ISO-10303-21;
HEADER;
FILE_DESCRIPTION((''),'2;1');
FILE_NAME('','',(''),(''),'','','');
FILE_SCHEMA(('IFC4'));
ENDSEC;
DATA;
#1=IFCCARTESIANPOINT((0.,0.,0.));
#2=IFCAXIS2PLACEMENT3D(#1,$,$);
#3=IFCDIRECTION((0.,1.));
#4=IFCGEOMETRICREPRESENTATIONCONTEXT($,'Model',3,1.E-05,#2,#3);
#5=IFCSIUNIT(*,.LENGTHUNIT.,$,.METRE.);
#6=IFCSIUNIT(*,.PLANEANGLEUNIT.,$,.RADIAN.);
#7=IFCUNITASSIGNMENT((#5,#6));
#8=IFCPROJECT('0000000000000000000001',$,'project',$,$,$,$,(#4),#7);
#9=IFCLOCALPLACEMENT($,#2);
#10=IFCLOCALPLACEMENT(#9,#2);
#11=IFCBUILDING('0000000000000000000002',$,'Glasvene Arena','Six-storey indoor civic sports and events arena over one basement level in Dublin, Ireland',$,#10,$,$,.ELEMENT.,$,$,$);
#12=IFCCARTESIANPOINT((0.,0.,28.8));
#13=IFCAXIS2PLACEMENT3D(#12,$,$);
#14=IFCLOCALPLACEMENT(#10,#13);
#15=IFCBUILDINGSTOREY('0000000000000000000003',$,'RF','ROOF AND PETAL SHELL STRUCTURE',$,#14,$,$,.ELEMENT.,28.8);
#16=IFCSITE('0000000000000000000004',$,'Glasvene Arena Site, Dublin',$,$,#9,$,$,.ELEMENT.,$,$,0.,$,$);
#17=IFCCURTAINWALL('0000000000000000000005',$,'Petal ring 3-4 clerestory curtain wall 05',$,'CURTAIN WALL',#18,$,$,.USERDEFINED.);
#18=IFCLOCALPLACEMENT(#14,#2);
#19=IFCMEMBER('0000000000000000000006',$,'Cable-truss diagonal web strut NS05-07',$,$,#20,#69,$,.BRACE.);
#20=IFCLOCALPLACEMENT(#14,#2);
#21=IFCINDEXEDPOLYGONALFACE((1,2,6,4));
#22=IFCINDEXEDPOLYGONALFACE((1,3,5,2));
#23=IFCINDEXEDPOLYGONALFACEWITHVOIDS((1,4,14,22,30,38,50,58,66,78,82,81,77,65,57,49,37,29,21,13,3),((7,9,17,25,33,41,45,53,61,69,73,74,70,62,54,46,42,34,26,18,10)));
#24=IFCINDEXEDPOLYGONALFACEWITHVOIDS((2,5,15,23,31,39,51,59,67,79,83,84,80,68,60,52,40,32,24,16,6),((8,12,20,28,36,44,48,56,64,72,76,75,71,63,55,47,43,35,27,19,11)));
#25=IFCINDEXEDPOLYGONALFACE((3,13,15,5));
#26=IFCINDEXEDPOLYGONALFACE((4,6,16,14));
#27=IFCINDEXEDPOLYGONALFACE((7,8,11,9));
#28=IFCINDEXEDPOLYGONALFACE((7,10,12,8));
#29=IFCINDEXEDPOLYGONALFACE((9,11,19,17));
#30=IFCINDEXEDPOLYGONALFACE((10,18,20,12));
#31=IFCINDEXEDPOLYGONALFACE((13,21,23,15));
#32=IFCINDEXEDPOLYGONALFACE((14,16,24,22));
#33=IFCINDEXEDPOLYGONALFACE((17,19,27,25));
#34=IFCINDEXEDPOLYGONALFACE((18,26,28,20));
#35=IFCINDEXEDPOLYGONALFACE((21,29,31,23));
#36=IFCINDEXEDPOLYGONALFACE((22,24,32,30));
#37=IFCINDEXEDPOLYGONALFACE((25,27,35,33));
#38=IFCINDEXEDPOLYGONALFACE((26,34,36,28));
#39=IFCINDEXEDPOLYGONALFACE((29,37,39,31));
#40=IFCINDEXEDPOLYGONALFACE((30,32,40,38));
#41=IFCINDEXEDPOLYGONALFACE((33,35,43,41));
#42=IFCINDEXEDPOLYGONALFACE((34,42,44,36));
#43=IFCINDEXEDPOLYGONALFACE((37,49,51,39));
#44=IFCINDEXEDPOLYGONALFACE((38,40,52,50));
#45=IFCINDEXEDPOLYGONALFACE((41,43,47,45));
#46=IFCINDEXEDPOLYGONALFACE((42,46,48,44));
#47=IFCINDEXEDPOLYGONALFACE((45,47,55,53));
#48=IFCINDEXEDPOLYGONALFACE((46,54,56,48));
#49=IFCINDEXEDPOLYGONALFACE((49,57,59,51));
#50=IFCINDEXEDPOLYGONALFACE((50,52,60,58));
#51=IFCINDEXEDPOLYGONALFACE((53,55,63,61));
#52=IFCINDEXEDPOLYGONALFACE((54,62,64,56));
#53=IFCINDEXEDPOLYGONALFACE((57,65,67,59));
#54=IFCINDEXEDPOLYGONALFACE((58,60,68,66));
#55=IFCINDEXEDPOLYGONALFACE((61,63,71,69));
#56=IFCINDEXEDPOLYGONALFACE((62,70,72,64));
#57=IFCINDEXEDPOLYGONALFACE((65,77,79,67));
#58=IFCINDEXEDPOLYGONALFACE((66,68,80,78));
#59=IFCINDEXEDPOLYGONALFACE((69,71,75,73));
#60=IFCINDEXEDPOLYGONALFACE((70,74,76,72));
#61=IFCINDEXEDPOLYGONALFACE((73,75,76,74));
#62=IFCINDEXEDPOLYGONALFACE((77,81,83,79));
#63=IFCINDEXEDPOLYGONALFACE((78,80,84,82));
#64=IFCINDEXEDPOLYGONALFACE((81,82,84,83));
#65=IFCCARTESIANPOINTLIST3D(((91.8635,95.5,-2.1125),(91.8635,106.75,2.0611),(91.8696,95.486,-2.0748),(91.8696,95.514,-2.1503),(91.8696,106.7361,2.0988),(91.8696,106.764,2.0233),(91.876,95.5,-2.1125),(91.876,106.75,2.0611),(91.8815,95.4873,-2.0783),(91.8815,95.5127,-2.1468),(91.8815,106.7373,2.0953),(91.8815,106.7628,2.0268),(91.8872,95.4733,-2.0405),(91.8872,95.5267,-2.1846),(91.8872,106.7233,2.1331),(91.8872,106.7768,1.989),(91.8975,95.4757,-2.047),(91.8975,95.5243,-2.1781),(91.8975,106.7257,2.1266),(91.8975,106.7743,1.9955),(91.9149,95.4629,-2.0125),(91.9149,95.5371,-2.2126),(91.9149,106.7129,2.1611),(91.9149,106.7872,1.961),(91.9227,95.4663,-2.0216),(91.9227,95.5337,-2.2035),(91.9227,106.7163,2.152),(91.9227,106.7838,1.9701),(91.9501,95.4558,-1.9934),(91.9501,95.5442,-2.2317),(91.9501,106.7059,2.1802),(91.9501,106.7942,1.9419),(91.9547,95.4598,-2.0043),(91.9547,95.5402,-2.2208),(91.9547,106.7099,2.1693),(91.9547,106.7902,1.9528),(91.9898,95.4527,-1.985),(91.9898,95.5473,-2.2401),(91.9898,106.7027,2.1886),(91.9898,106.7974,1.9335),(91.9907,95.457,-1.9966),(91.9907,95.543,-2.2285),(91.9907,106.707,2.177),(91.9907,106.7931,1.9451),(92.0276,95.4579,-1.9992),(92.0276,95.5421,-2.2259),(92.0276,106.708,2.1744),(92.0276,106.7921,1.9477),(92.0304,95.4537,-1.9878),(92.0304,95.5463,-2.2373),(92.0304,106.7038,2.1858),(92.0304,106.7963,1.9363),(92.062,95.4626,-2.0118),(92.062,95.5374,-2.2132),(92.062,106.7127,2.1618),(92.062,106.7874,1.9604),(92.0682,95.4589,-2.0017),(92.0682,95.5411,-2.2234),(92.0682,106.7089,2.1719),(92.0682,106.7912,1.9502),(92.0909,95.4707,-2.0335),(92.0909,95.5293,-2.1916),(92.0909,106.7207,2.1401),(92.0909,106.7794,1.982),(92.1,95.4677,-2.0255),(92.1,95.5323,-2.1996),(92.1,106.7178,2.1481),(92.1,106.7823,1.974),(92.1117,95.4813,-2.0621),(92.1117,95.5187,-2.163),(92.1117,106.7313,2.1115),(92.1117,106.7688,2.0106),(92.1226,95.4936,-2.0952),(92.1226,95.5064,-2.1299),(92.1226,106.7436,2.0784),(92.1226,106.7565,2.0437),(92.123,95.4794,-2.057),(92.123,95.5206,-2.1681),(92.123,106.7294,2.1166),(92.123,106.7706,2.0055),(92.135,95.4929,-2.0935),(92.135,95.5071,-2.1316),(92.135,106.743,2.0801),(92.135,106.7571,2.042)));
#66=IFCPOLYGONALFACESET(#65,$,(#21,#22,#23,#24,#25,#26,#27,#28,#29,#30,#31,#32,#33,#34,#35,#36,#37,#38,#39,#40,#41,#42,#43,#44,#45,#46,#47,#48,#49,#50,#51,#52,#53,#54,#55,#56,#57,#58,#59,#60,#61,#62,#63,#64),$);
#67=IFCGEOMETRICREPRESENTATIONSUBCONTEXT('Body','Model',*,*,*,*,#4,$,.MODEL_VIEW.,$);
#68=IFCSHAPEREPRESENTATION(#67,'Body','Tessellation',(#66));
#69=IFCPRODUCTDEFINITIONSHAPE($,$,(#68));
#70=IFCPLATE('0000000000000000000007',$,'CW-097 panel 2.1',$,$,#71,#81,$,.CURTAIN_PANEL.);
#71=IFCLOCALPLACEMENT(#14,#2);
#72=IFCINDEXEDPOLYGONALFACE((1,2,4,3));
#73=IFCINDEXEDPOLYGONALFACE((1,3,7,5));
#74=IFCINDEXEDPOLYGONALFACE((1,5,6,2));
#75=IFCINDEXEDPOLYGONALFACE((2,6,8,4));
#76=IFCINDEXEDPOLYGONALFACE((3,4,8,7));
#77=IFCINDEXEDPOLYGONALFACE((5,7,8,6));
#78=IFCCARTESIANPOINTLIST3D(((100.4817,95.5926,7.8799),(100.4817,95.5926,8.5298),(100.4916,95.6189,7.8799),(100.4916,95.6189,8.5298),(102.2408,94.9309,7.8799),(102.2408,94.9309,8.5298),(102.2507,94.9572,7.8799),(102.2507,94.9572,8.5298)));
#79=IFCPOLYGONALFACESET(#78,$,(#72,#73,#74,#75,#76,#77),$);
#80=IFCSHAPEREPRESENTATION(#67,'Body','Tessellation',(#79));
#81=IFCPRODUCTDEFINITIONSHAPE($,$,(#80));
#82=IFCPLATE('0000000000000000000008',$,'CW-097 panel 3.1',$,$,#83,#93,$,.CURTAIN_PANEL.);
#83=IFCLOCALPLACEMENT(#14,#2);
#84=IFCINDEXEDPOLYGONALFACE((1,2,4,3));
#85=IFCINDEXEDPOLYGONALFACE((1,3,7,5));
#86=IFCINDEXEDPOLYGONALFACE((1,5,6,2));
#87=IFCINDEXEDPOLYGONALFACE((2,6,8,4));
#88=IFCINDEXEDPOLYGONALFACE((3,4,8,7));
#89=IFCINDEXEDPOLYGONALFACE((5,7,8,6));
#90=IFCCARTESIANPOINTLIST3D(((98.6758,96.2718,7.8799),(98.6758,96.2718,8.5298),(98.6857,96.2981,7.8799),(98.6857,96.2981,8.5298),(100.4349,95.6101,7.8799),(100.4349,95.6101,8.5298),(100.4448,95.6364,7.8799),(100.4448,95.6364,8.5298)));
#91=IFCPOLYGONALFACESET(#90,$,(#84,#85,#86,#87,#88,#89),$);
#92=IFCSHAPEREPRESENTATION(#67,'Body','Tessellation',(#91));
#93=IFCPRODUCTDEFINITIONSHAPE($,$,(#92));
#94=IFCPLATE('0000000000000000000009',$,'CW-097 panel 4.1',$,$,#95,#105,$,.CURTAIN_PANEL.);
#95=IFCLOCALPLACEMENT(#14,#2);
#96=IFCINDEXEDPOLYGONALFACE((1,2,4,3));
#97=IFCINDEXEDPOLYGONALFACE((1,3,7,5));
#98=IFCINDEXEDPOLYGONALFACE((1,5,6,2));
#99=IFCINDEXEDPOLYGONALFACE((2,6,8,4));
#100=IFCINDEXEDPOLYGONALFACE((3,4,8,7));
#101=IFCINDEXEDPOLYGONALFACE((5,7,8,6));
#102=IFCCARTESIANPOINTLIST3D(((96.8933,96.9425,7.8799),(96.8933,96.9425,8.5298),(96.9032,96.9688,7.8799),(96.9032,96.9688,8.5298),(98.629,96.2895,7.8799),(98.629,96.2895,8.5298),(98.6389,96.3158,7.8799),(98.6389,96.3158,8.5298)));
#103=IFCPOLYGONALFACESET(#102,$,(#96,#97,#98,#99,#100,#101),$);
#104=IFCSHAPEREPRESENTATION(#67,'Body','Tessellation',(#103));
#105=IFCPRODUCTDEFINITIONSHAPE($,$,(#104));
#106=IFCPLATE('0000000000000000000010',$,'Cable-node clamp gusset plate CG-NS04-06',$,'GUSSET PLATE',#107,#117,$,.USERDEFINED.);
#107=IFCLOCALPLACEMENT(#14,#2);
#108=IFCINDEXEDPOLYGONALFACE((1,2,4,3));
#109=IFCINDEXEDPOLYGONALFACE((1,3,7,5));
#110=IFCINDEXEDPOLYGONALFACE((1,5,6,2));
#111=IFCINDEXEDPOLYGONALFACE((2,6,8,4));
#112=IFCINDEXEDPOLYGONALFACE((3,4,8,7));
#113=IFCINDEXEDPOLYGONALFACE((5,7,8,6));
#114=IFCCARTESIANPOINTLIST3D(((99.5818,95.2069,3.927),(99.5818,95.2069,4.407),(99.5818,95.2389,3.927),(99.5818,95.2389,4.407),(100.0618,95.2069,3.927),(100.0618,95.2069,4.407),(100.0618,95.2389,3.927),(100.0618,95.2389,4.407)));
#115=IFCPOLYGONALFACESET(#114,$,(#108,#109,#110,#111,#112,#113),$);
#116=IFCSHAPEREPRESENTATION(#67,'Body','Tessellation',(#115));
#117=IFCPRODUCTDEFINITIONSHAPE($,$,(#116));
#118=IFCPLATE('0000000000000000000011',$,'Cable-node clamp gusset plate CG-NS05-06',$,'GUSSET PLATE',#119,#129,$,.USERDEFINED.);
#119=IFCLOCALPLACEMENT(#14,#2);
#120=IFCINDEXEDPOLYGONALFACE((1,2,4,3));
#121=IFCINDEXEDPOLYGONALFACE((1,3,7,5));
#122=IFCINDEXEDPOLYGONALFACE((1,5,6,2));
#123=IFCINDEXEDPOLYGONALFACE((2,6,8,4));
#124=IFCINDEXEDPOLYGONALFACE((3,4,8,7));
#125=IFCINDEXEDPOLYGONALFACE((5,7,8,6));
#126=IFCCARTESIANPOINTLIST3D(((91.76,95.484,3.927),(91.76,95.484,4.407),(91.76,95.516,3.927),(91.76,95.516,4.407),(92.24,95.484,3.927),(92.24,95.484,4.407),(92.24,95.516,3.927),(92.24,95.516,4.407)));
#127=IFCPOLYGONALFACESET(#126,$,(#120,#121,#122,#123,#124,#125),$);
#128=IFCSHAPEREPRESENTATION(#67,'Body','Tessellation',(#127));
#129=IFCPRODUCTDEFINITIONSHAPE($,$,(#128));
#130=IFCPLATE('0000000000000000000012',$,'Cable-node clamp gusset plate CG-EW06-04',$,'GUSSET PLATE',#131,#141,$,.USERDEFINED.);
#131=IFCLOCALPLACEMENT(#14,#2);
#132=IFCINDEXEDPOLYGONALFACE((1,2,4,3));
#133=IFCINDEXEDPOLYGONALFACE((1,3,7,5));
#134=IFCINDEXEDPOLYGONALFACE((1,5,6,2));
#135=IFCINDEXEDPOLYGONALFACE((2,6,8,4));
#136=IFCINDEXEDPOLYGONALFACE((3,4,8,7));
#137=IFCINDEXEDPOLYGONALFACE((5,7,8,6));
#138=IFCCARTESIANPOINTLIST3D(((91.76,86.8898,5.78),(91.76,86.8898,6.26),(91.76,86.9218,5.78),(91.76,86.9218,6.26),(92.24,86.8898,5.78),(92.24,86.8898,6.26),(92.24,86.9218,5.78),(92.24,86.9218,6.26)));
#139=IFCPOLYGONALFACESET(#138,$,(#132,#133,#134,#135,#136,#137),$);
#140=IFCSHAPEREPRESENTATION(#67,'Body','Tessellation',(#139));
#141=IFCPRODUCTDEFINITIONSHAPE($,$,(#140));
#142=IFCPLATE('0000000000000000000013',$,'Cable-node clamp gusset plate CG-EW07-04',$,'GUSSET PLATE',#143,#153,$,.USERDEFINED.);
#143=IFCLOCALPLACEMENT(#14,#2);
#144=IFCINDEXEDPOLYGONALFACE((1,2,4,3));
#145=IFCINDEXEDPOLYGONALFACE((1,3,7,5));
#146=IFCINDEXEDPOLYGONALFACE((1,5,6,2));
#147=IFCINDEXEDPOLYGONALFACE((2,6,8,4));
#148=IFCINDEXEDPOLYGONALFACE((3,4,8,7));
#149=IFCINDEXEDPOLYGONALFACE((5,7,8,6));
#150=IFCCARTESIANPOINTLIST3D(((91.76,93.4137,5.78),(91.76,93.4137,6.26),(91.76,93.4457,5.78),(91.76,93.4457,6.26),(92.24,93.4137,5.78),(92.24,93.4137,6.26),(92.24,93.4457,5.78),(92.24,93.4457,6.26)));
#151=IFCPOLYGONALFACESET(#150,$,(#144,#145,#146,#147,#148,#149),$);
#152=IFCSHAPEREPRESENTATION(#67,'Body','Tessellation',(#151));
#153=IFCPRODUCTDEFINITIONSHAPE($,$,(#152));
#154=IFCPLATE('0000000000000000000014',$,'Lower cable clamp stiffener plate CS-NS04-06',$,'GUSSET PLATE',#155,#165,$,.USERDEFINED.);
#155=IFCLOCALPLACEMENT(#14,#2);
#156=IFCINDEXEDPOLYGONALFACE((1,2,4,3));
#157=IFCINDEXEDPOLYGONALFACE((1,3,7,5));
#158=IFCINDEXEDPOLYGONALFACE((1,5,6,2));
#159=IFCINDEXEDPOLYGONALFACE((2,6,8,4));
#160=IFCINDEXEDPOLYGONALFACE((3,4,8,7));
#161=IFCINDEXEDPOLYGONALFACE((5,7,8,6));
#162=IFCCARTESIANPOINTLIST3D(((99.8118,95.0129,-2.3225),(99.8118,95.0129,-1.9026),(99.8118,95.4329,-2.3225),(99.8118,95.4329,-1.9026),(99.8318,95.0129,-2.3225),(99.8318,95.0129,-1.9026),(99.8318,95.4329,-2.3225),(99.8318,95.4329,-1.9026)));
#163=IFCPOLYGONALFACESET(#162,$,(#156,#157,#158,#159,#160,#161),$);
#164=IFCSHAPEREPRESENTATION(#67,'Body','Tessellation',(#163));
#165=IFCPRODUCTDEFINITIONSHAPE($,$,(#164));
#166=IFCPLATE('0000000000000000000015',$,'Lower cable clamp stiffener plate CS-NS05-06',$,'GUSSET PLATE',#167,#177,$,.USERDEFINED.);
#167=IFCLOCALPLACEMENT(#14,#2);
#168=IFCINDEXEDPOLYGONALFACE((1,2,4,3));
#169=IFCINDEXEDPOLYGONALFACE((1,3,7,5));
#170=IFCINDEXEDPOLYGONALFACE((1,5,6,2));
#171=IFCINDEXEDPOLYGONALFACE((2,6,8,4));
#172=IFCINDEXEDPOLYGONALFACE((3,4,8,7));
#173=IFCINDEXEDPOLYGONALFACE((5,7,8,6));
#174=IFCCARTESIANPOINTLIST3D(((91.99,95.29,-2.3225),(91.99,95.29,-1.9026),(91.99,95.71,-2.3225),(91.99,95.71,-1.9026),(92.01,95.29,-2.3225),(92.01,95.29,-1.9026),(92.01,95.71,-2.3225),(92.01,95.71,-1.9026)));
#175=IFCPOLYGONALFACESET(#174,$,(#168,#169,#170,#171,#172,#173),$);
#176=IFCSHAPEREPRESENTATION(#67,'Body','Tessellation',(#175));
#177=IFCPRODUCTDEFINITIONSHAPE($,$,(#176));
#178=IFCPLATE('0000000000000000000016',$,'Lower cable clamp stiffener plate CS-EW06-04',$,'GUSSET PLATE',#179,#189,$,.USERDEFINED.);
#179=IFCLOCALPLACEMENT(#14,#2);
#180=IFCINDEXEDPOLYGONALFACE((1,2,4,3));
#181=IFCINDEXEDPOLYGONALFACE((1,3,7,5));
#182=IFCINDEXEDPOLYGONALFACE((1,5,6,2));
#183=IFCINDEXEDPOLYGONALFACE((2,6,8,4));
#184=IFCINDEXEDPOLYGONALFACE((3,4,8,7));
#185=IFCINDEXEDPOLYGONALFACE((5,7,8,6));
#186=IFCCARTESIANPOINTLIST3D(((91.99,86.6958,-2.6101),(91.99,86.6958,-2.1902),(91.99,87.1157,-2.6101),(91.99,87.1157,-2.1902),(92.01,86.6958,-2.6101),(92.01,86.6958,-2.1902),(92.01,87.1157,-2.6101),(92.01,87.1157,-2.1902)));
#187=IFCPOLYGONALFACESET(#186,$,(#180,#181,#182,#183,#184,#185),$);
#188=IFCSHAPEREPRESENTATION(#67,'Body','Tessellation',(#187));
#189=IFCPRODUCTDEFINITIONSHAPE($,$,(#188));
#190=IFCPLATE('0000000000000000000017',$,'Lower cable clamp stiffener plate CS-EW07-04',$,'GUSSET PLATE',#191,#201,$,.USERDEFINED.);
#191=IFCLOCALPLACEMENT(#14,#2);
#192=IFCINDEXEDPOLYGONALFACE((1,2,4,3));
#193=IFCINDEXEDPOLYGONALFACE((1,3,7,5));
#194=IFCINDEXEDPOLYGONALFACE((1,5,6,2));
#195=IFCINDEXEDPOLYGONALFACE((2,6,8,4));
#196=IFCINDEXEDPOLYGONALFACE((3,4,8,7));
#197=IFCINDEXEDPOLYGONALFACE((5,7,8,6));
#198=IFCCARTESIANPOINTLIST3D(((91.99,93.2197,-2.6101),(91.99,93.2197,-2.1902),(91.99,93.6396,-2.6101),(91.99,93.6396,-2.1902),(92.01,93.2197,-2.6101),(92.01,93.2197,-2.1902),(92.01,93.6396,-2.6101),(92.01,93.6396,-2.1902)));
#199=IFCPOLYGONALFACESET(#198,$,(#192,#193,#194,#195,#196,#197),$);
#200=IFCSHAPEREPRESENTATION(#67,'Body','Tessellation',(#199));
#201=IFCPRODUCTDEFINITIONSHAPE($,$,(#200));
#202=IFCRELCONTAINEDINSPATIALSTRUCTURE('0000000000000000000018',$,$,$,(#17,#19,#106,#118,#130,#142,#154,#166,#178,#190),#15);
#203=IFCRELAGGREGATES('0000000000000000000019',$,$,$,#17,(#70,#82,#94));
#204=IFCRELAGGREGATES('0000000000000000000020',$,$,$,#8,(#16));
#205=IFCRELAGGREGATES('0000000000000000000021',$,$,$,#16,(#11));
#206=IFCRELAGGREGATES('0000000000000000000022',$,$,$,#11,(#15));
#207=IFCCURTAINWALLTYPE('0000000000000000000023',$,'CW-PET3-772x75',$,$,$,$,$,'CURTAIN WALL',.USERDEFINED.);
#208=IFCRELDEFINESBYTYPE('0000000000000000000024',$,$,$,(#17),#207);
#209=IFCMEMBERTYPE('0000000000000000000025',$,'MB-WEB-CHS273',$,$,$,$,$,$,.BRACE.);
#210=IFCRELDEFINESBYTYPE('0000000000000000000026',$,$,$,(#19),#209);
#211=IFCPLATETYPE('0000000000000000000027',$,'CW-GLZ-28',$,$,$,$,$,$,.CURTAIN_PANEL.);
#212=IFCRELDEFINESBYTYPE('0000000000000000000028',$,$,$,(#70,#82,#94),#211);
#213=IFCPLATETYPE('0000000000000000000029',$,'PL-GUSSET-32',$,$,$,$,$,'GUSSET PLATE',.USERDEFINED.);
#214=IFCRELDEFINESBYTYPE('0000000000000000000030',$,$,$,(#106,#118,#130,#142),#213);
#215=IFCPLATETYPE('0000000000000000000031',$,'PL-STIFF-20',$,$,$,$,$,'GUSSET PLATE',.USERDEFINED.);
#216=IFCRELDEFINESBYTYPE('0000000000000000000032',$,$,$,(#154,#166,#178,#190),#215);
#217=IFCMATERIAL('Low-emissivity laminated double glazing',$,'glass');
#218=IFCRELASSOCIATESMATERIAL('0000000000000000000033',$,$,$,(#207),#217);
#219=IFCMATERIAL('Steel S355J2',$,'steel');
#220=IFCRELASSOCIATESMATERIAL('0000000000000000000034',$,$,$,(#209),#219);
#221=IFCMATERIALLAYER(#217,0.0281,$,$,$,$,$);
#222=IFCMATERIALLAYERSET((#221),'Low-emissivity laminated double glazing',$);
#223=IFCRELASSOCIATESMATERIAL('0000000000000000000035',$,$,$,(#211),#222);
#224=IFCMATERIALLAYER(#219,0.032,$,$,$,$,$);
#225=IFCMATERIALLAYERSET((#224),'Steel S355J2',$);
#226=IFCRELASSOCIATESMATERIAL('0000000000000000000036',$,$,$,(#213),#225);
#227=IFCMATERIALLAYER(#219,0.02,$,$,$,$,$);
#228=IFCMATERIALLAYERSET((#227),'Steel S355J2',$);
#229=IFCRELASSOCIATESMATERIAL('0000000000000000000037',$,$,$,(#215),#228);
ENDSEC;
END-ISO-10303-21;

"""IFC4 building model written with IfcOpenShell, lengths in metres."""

from ifc_helpers import new_model, si_unit, direction, frame, origin, origin_2d, place, context, subcontext, project, spatial, rectangle, hollow_circle, extrude, material, layer, layer_set, material_profile, profile_set, type_object, element, aggregate, save


model = new_model("IFC4")

# Units and contexts
model_context = context("Model", 3, precision=1e-05, world=origin(), true_north=direction((0.0, 1.0)))
body_context = subcontext(model_context, "Body", "Model", "MODEL_VIEW")
ifc_project = project(units=[si_unit("LENGTHUNIT", "METRE"), si_unit("PLANEANGLEUNIT", "RADIAN")], contexts=[model_context])

# Site, building, storey
site_placement = place(None, origin())
site = spatial("IfcSite", under=ifc_project, at=site_placement, Name="Glasvene Arena Site, Dublin", CompositionType="ELEMENT", RefElevation=0.0)
building_placement = place(site_placement, origin())
building = spatial("IfcBuilding", under=site, at=building_placement, Name="Glasvene Arena", Description="Six-storey indoor civic sports and events arena over one basement level in Dublin, Ireland", CompositionType="ELEMENT")
storey_placement = place(building_placement, frame((0.0, 0.0, 28.8)))
storey = spatial("IfcBuildingStorey", under=building, at=storey_placement, Name="RF", Description="ROOF AND PETAL SHELL STRUCTURE", CompositionType="ELEMENT", Elevation=28.8)

# Curtain wall
ifc_material_1 = material(Name="Low-emissivity laminated double glazing", Category="glass")
curtain_wall_type = type_object("IfcCurtainWallType", Name="CW-PET3-772x75", ElementType="CURTAIN WALL", PredefinedType="USERDEFINED", material=ifc_material_1)
curtain_wall_placement = place(storey_placement, frame((104.075, 94.2559, 0.0)))
curtain_wall = element("IfcCurtainWall", 1, at=curtain_wall_placement, inside=storey, type_object=curtain_wall_type, Name="Petal ring 3-4 clerestory curtain wall 05", ObjectType="CURTAIN WALL", PredefinedType="USERDEFINED")

# Member
ifc_material_2 = material(Name="Steel S355J2", Category="steel")
ifc_material_profile_1 = material_profile(ifc_material_2, hollow_circle(Radius=0.1365, WallThickness=0.0125, at=origin_2d()), Name="CHS 273.0x12.5")
ifc_profile_set_1 = profile_set([ifc_material_profile_1], Name="Steel S355J2")
member_type_1 = type_object("IfcMemberType", Name="MB-WEB-CHS273", PredefinedType="BRACE", material=ifc_profile_set_1)
member_1_placement = place(storey_placement, frame((92.0, 95.5, -2.1125), z_axis=(0.0, 0.937561, 0.347821), x_axis=(-1.0, 0.0, 0.0)))
element("IfcMember", 2, at=member_1_placement, inside=storey, type_object=member_type_1, Name="Cable-truss diagonal web strut NS05-07", PredefinedType="BRACE", context=body_context, shape_type="SweptSolid", body=[
    extrude(hollow_circle(Radius=0.1365, WallThickness=0.0125, at=origin_2d()), origin(), (0.0, 0.0, 1.0), 11.9993),
])

# Plates
ifc_layer_1 = layer(ifc_material_1, 0.0281)
ifc_layer_set_1 = layer_set([ifc_layer_1], Name="Low-emissivity laminated double glazing")
plate_type_1 = type_object("IfcPlateType", Name="CW-GLZ-28", PredefinedType="CURTAIN_PANEL", material=ifc_layer_set_1)
plate_1_placement = place(storey_placement, frame((101.3662, 95.2749, 7.8799), z_axis=(0.0, 0.0, 1.0), x_axis=(-0.935966, 0.352092, 0.0)))
plate_1 = element("IfcPlate", 3, at=plate_1_placement, type_object=plate_type_1, Name="CW-097 panel 2.1", PredefinedType="CURTAIN_PANEL", context=body_context, shape_type="SweptSolid", body=[
    extrude(rectangle(XDim=1.8794, YDim=0.0281, at=origin_2d()), origin(), (0.0, 0.0, 1.0), 0.6499),
])
plate_2_placement = place(storey_placement, frame((99.5603, 95.9541, 7.8799), z_axis=(0.0, 0.0, 1.0), x_axis=(-0.935966, 0.352092, 0.0)))
plate_2 = element("IfcPlate", 4, at=plate_2_placement, type_object=plate_type_1, Name="CW-097 panel 3.1", PredefinedType="CURTAIN_PANEL", context=body_context, shape_type="SweptSolid", body=[
    extrude(rectangle(XDim=1.8794, YDim=0.0281, at=origin_2d()), origin(), (0.0, 0.0, 1.0), 0.6499),
])
plate_3_placement = place(storey_placement, frame((97.7661, 96.6292, 7.8799), z_axis=(0.0, 0.0, 1.0), x_axis=(-0.935966, 0.352092, 0.0)))
plate_3 = element("IfcPlate", 5, at=plate_3_placement, type_object=plate_type_1, Name="CW-097 panel 4.1", PredefinedType="CURTAIN_PANEL", context=body_context, shape_type="SweptSolid", body=[
    extrude(rectangle(XDim=1.8545, YDim=0.0281, at=origin_2d()), origin(), (0.0, 0.0, 1.0), 0.6499),
])
aggregate(curtain_wall, [plate_1, plate_2, plate_3])

# Plates
ifc_layer_2 = layer(ifc_material_2, 0.032)
ifc_layer_set_2 = layer_set([ifc_layer_2], Name="Steel S355J2")
plate_type_2 = type_object("IfcPlateType", Name="PL-GUSSET-32", ElementType="GUSSET PLATE", PredefinedType="USERDEFINED", material=ifc_layer_set_2)
for number, where, z_axis, x_axis, name in (
    (6, (99.8218, 95.2229, 3.927), (0.0, 0.0, 1.0), (1.0, 0.0, 0.0), "Cable-node clamp gusset plate CG-NS04-06"),
    (7, (92.0, 95.5, 3.927), (0.0, 0.0, 1.0), (1.0, 0.0, 0.0), "Cable-node clamp gusset plate CG-NS05-06"),
    (8, (92.0, 86.9058, 5.78), (0.0, 0.0, 1.0), (1.0, 0.0, 0.0), "Cable-node clamp gusset plate CG-EW06-04"),
    (9, (92.0, 93.4297, 5.78), (0.0, 0.0, 1.0), (1.0, 0.0, 0.0), "Cable-node clamp gusset plate CG-EW07-04"),
):
    element("IfcPlate", number, at=place(storey_placement, frame(where, z_axis=z_axis, x_axis=x_axis)), inside=storey, type_object=plate_type_2, Name=name, ObjectType="GUSSET PLATE", PredefinedType="USERDEFINED", context=body_context, shape_type="SweptSolid", body=[
        extrude(rectangle(XDim=0.48, YDim=0.032, at=origin_2d()), origin(), (0.0, 0.0, 1.0), 0.48),
    ])
ifc_layer_3 = layer(ifc_material_2, 0.02)
ifc_layer_set_3 = layer_set([ifc_layer_3], Name="Steel S355J2")
plate_type_3 = type_object("IfcPlateType", Name="PL-STIFF-20", ElementType="GUSSET PLATE", PredefinedType="USERDEFINED", material=ifc_layer_set_3)
for number, where, z_axis, x_axis, name in (
    (10, (99.8218, 95.2229, -2.3225), (0.0, 0.0, 1.0), (1.0, 0.0, 0.0), "Lower cable clamp stiffener plate CS-NS04-06"),
    (11, (92.0, 95.5, -2.3225), (0.0, 0.0, 1.0), (1.0, 0.0, 0.0), "Lower cable clamp stiffener plate CS-NS05-06"),
    (12, (92.0, 86.9058, -2.6101), (0.0, 0.0, 1.0), (1.0, 0.0, 0.0), "Lower cable clamp stiffener plate CS-EW06-04"),
    (13, (92.0, 93.4297, -2.6101), (0.0, 0.0, 1.0), (1.0, 0.0, 0.0), "Lower cable clamp stiffener plate CS-EW07-04"),
):
    element("IfcPlate", number, at=place(storey_placement, frame(where, z_axis=z_axis, x_axis=x_axis)), inside=storey, type_object=plate_type_3, Name=name, ObjectType="GUSSET PLATE", PredefinedType="USERDEFINED", context=body_context, shape_type="SweptSolid", body=[
        extrude(rectangle(XDim=0.02, YDim=0.4199, at=origin_2d()), origin(), (0.0, 0.0, 1.0), 0.4199),
    ])

save(model, "model.ifc")
